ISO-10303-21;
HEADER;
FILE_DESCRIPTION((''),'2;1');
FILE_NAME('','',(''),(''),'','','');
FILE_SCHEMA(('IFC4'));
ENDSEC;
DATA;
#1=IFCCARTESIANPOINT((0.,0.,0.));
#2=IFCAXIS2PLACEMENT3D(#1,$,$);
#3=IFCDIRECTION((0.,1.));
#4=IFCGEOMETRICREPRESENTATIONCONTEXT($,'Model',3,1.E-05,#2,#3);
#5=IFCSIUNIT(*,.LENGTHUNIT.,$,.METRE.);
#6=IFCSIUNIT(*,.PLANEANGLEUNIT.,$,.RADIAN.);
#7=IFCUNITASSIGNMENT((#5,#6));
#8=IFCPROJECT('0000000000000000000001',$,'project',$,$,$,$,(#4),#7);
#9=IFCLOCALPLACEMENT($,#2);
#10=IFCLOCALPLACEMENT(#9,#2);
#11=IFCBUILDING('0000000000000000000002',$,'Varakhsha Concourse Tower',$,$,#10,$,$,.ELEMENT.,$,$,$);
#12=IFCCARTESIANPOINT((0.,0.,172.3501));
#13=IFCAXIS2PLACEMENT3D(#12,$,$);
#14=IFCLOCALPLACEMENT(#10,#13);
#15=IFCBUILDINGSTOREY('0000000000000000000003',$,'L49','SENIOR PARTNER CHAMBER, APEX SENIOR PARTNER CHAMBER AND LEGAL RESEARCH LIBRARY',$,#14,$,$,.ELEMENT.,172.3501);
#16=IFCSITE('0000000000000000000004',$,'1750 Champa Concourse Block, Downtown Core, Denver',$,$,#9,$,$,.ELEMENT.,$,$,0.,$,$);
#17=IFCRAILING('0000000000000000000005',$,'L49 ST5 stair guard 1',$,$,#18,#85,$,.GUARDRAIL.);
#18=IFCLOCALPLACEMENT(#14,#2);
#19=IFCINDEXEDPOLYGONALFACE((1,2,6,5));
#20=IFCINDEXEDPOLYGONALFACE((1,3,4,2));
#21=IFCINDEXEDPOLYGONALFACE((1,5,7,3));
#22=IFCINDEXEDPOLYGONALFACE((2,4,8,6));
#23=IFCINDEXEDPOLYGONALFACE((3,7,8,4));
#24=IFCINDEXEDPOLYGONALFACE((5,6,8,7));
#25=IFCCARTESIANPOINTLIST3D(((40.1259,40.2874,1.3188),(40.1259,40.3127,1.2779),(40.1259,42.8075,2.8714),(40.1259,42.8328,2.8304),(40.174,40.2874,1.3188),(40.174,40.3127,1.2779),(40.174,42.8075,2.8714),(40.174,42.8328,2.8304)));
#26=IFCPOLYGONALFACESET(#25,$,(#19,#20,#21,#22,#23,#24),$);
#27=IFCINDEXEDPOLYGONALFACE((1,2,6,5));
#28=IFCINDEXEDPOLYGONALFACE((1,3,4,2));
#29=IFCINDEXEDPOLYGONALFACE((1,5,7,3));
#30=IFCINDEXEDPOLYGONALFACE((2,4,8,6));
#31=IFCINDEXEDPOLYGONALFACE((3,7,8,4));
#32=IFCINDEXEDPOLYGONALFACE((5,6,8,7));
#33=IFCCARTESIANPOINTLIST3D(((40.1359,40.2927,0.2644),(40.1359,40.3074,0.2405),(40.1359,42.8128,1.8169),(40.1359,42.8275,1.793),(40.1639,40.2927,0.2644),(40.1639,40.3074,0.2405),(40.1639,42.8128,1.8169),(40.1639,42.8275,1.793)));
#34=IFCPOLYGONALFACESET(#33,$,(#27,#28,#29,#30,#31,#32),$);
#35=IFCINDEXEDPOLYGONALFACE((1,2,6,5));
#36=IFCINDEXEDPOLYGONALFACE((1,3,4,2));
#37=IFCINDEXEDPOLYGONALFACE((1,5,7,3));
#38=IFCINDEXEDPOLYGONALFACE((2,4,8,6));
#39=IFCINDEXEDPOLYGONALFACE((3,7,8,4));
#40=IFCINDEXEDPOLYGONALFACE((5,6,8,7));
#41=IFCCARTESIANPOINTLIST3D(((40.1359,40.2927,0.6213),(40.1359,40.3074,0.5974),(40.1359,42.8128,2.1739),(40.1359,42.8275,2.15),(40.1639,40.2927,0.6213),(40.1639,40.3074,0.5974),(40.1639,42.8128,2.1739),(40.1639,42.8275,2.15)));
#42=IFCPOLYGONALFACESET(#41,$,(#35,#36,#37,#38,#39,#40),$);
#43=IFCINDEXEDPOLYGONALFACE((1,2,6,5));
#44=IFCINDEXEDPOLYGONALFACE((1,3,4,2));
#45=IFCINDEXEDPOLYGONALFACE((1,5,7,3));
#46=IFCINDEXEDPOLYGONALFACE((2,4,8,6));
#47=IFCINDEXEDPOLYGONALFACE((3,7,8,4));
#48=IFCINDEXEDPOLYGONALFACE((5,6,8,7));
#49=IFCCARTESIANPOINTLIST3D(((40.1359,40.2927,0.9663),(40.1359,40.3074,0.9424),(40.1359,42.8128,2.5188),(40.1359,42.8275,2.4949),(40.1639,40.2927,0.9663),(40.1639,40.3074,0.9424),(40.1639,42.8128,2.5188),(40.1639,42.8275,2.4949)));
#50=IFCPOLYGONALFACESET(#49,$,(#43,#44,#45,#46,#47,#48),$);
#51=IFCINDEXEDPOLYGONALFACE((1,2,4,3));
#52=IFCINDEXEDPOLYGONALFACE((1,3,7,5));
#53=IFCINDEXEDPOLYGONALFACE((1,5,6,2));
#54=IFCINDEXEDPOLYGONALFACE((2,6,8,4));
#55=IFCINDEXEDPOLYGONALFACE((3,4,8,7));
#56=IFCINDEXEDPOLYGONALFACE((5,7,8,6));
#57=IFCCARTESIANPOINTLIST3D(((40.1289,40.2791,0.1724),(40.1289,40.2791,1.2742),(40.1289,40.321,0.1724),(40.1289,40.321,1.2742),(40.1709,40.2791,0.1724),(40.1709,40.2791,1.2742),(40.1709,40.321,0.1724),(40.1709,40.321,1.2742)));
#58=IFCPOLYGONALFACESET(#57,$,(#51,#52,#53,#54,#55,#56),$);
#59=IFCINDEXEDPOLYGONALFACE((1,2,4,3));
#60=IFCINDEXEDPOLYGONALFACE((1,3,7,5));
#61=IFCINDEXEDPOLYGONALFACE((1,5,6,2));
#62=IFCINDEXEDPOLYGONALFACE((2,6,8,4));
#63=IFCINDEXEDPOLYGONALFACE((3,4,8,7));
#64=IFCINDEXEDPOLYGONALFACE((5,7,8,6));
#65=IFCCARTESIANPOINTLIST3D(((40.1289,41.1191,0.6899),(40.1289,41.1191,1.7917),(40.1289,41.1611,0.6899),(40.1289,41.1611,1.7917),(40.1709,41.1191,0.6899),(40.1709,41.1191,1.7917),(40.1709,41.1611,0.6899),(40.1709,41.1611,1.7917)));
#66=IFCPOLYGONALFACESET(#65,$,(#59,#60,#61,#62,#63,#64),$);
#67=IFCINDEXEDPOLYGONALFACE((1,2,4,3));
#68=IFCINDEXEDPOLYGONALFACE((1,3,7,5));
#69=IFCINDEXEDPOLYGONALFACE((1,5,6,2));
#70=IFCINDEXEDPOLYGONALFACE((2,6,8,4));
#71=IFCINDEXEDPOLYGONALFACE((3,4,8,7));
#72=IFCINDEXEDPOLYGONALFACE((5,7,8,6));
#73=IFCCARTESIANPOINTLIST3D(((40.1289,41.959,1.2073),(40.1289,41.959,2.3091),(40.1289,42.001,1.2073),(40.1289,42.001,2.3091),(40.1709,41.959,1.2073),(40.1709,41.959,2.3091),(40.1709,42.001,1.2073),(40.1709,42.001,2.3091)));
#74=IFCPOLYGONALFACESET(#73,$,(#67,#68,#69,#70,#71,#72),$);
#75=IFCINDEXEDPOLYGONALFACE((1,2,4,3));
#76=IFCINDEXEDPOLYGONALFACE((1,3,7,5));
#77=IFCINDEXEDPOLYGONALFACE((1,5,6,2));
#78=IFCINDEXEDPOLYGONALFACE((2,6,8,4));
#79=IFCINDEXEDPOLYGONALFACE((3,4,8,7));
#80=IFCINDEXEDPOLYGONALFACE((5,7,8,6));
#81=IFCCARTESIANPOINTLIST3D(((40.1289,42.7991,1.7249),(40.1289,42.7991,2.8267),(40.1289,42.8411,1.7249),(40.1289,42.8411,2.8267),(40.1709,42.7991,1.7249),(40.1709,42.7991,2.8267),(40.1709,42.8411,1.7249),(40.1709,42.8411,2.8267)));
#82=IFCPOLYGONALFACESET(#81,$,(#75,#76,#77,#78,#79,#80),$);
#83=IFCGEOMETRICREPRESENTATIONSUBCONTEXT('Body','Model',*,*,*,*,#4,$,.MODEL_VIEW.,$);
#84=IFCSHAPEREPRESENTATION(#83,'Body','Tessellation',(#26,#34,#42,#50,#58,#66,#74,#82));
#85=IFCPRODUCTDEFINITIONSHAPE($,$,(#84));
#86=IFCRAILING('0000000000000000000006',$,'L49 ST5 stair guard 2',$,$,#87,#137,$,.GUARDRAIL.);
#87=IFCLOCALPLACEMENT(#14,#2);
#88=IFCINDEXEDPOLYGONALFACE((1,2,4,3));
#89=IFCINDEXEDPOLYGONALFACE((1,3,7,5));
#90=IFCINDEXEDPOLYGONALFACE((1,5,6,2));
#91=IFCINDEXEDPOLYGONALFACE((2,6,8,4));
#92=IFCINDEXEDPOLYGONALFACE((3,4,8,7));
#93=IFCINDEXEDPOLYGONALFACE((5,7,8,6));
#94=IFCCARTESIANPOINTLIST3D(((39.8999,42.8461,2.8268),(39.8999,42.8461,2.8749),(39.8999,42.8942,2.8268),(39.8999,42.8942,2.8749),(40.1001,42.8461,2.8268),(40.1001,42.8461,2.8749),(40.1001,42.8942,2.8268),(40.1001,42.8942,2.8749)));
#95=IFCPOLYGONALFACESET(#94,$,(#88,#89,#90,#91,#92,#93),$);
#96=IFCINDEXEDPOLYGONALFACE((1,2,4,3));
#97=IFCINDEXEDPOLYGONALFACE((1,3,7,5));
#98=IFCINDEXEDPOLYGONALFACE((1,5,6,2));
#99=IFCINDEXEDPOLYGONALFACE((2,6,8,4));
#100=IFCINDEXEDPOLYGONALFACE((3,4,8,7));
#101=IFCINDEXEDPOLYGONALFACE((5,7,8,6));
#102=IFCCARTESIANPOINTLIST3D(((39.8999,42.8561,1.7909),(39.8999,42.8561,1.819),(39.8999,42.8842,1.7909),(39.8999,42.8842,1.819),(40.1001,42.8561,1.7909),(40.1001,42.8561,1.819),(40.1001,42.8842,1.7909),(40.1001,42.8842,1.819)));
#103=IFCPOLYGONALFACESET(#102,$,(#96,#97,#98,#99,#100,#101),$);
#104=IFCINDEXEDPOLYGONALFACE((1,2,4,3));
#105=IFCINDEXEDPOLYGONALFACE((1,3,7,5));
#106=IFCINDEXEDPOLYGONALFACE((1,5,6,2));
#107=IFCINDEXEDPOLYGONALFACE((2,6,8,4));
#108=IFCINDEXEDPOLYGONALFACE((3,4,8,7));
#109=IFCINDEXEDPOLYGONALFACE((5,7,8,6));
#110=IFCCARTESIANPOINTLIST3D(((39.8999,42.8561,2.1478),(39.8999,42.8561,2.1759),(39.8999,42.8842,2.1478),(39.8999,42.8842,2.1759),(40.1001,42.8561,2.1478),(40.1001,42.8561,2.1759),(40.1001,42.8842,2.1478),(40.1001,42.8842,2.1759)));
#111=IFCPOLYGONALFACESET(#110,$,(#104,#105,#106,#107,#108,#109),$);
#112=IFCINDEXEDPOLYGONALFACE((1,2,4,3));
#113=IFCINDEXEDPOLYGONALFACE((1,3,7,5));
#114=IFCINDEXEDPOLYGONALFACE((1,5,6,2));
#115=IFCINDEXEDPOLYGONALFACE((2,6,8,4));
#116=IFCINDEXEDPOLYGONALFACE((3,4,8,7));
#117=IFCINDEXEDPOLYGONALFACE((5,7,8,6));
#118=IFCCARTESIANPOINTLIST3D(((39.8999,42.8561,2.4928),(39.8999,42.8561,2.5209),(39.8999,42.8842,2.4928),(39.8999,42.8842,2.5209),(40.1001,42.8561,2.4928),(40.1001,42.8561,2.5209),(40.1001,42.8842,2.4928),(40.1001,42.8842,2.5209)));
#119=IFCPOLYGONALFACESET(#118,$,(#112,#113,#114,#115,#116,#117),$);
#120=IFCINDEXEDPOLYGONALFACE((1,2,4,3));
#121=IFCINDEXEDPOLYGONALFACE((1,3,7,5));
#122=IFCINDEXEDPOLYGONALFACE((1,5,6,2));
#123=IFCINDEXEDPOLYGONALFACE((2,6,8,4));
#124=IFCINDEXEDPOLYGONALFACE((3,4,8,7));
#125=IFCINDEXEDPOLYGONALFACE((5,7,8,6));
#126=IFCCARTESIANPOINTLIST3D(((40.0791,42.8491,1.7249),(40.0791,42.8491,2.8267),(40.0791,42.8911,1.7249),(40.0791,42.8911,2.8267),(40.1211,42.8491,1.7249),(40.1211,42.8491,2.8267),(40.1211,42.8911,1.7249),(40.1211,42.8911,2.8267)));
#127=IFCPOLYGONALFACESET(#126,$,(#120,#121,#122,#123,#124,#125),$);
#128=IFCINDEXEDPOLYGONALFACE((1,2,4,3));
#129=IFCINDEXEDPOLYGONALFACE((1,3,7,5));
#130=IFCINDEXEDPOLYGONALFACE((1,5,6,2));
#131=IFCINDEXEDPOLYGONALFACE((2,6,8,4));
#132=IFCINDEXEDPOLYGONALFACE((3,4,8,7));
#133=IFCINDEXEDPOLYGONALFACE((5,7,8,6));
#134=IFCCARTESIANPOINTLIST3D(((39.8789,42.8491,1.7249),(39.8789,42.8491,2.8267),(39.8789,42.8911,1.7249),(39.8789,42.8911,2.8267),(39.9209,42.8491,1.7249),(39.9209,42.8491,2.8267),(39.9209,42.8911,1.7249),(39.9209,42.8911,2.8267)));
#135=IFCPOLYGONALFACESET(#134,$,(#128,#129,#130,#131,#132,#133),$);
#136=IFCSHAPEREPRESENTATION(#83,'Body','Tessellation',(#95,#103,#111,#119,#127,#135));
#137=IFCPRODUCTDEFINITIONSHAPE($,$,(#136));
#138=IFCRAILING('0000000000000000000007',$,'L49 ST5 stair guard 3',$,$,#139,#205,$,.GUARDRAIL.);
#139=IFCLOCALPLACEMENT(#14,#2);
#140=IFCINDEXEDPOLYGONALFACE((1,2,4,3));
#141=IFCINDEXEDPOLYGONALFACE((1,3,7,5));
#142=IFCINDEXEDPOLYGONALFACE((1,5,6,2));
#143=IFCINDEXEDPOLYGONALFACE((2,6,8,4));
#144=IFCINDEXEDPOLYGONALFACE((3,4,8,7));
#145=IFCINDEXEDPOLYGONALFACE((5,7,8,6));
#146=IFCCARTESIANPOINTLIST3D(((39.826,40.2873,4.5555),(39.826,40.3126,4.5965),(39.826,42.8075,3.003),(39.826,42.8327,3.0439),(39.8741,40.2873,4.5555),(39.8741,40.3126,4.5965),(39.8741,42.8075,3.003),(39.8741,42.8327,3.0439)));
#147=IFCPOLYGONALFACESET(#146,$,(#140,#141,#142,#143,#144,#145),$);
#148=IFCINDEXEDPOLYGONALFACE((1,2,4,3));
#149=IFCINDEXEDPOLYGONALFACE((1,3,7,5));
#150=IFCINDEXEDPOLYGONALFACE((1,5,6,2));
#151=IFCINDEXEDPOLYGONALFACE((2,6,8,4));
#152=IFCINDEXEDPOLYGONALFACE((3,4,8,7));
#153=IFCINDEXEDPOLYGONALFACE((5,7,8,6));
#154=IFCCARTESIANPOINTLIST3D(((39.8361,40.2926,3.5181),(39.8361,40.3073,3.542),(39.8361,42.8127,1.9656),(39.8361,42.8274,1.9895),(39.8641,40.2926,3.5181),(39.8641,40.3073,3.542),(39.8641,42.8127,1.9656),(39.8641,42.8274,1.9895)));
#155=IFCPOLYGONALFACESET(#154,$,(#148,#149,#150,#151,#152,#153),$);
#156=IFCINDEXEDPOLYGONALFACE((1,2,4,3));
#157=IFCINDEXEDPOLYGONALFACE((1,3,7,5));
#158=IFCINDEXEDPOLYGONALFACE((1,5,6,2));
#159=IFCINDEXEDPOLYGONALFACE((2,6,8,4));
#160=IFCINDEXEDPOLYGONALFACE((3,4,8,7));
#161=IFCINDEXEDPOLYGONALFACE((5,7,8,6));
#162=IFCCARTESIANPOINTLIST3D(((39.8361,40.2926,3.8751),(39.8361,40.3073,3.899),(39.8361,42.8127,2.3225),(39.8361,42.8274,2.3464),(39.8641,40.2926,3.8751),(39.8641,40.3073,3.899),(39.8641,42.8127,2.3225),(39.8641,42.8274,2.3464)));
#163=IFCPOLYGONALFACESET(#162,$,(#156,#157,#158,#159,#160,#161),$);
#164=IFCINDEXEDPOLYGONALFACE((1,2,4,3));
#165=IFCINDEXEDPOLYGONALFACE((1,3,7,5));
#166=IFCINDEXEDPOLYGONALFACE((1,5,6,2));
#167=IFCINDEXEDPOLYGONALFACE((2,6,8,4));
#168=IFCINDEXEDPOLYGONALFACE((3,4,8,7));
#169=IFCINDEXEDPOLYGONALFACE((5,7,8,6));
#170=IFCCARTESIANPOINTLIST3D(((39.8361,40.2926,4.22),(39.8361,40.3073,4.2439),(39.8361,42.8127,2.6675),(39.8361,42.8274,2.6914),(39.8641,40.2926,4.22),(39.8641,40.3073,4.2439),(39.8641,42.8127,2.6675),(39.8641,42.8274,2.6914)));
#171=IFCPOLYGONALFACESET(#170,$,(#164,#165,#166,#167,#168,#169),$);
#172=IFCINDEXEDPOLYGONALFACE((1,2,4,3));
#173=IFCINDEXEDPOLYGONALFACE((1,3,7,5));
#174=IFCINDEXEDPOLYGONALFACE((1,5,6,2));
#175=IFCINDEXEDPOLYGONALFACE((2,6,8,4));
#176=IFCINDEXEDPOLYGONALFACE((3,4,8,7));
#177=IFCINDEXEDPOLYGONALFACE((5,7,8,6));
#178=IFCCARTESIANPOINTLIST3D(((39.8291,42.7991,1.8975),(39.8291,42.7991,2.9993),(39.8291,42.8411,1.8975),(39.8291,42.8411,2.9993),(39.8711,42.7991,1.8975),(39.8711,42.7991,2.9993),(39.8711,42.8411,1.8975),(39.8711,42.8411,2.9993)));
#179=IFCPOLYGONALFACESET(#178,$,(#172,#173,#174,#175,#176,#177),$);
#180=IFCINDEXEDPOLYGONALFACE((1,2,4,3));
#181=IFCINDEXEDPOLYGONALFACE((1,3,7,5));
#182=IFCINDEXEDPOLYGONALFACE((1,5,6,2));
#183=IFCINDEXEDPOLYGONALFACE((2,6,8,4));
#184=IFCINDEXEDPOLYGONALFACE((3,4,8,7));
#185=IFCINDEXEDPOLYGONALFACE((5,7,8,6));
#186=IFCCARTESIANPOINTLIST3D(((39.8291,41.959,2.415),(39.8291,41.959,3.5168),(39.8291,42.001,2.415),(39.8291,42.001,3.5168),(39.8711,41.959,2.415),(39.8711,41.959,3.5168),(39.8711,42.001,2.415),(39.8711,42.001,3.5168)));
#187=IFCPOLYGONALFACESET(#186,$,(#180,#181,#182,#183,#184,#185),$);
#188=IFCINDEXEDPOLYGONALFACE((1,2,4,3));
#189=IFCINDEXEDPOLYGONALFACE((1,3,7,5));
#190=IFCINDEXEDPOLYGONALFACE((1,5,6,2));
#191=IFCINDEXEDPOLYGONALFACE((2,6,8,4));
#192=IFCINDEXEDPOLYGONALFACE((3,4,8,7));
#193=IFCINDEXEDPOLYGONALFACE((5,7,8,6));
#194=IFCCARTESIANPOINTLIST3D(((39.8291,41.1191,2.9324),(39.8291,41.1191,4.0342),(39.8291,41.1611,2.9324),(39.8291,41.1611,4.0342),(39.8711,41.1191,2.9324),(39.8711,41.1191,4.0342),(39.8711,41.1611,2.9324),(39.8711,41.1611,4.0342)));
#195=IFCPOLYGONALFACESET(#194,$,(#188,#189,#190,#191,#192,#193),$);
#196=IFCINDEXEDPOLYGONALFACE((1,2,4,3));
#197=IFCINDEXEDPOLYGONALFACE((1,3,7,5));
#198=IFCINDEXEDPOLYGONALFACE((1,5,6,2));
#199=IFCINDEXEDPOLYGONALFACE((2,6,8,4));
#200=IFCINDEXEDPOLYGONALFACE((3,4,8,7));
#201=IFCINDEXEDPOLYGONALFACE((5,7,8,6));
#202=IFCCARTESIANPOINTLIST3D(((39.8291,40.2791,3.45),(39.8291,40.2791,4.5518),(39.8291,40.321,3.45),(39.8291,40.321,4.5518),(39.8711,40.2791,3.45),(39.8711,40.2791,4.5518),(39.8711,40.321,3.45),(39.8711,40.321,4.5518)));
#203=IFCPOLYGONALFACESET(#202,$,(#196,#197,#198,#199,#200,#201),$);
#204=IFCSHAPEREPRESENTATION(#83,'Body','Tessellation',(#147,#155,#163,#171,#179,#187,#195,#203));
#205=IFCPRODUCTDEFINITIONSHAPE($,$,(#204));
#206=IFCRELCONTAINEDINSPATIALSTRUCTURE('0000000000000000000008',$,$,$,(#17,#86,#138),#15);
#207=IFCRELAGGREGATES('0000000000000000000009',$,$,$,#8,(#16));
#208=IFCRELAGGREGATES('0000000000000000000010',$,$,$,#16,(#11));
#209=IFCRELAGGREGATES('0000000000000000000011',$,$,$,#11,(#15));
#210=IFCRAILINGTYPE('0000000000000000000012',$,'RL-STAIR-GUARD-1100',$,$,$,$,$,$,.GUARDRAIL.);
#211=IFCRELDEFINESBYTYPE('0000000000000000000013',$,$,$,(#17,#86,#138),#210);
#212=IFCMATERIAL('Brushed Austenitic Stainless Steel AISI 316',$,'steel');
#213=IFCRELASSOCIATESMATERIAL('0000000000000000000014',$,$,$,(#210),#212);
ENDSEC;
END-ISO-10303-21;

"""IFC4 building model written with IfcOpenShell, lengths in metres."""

from ifc_helpers import new_model, si_unit, direction, frame, origin, origin_2d, place, context, subcontext, project, spatial, rectangle, extrude, material, type_object, element, save


model = new_model("IFC4")

# Units and contexts
model_context = context("Model", 3, precision=1e-05, world=origin(), true_north=direction((0.0, 1.0)))
body_context = subcontext(model_context, "Body", "Model", "MODEL_VIEW")
ifc_project = project(units=[si_unit("LENGTHUNIT", "METRE"), si_unit("PLANEANGLEUNIT", "RADIAN")], contexts=[model_context])

# Site, building, storey
site_placement = place(None, origin())
site = spatial("IfcSite", under=ifc_project, at=site_placement, Name="1750 Champa Concourse Block, Downtown Core, Denver", CompositionType="ELEMENT", RefElevation=0.0)
building_placement = place(site_placement, origin())
building = spatial("IfcBuilding", under=site, at=building_placement, Name="Varakhsha Concourse Tower", CompositionType="ELEMENT")
storey_placement = place(building_placement, frame((0.0, 0.0, 172.3501)))
storey = spatial("IfcBuildingStorey", under=building, at=storey_placement, Name="L49", Description="SENIOR PARTNER CHAMBER, APEX SENIOR PARTNER CHAMBER AND LEGAL RESEARCH LIBRARY", CompositionType="ELEMENT", Elevation=172.3501)

# Railings
ifc_material_1 = material(Name="Brushed Austenitic Stainless Steel AISI 316", Category="steel")
railing_type_1 = type_object("IfcRailingType", Name="RL-STAIR-GUARD-1100", PredefinedType="GUARDRAIL", material=ifc_material_1)
railing_1_placement = place(storey_placement, frame((40.1499, 40.3, 0.1724)))
element("IfcRailing", 1, at=railing_1_placement, inside=storey, type_object=railing_type_1, Name="L49 ST5 stair guard 1", PredefinedType="GUARDRAIL", context=body_context, shape_type="SweptSolid", body=[
    extrude(rectangle(XDim=0.0481, YDim=0.0481, at=origin_2d()), frame((0.0, 0.0, 1.126), z_axis=(0.0, 0.8514, 0.524516), x_axis=(-1.0, 0.0, 0.0)), (0.0, 0.0, 1.0), 2.96),
    extrude(rectangle(XDim=0.0281, YDim=0.0281, at=origin_2d()), frame((0.0, 0.0, 0.0801), z_axis=(0.0, 0.8514, 0.524516), x_axis=(-1.0, 0.0, 0.0)), (0.0, 0.0, 1.0), 2.96),
    extrude(rectangle(XDim=0.0281, YDim=0.0281, at=origin_2d()), frame((0.0, 0.0, 0.437), z_axis=(0.0, 0.8514, 0.524516), x_axis=(-1.0, 0.0, 0.0)), (0.0, 0.0, 1.0), 2.96),
    extrude(rectangle(XDim=0.0281, YDim=0.0281, at=origin_2d()), frame((0.0, 0.0, 0.782), z_axis=(0.0, 0.8514, 0.524516), x_axis=(-1.0, 0.0, 0.0)), (0.0, 0.0, 1.0), 2.96),
    extrude(rectangle(XDim=0.042, YDim=0.042, at=origin_2d()), origin(), (0.0, 0.0, 1.0), 1.1018),
    extrude(rectangle(XDim=0.042, YDim=0.042, at=origin_2d()), frame((0.0, 0.8401, 0.5176)), (0.0, 0.0, 1.0), 1.1018),
    extrude(rectangle(XDim=0.042, YDim=0.042, at=origin_2d()), frame((0.0, 1.6799, 1.0349)), (0.0, 0.0, 1.0), 1.1018),
    extrude(rectangle(XDim=0.042, YDim=0.042, at=origin_2d()), frame((0.0, 2.52, 1.5525)), (0.0, 0.0, 1.0), 1.1018),
])
railing_2_placement = place(storey_placement, frame((40.1001, 42.8701, 1.7249)))
element("IfcRailing", 2, at=railing_2_placement, inside=storey, type_object=railing_type_1, Name="L49 ST5 stair guard 2", PredefinedType="GUARDRAIL", context=body_context, shape_type="SweptSolid", body=[
    extrude(rectangle(XDim=0.0481, YDim=0.0481, at=origin_2d()), frame((0.0, 0.0, 1.126), z_axis=(-1.0, 0.0, 0.0), x_axis=(0.0, -1.0, 0.0)), (0.0, 0.0, 1.0), 0.2002),
    extrude(rectangle(XDim=0.0281, YDim=0.0281, at=origin_2d()), frame((0.0, 0.0, 0.0801), z_axis=(-1.0, 0.0, 0.0), x_axis=(0.0, -1.0, 0.0)), (0.0, 0.0, 1.0), 0.2002),
    extrude(rectangle(XDim=0.0281, YDim=0.0281, at=origin_2d()), frame((0.0, 0.0, 0.437), z_axis=(-1.0, 0.0, 0.0), x_axis=(0.0, -1.0, 0.0)), (0.0, 0.0, 1.0), 0.2002),
    extrude(rectangle(XDim=0.0281, YDim=0.0281, at=origin_2d()), frame((0.0, 0.0, 0.782), z_axis=(-1.0, 0.0, 0.0), x_axis=(0.0, -1.0, 0.0)), (0.0, 0.0, 1.0), 0.2002),
    extrude(rectangle(XDim=0.042, YDim=0.042, at=origin_2d()), origin(), (0.0, 0.0, 1.0), 1.1018),
    extrude(rectangle(XDim=0.042, YDim=0.042, at=origin_2d()), frame((-0.2002, 0.0, 0.0)), (0.0, 0.0, 1.0), 1.1018),
])
railing_3_placement = place(storey_placement, frame((39.8501, 42.8201, 1.8975)))
element("IfcRailing", 3, at=railing_3_placement, inside=storey, type_object=railing_type_1, Name="L49 ST5 stair guard 3", PredefinedType="GUARDRAIL", context=body_context, shape_type="SweptSolid", body=[
    extrude(rectangle(XDim=0.0481, YDim=0.0481, at=origin_2d()), frame((0.0, 0.0, 1.126), z_axis=(0.0, -0.8514, 0.524516), x_axis=(1.0, 0.0, 0.0)), (0.0, 0.0, 1.0), 2.96),
    extrude(rectangle(XDim=0.0281, YDim=0.0281, at=origin_2d()), frame((0.0, 0.0, 0.0801), z_axis=(0.0, -0.8514, 0.524516), x_axis=(1.0, 0.0, 0.0)), (0.0, 0.0, 1.0), 2.96),
    extrude(rectangle(XDim=0.0281, YDim=0.0281, at=origin_2d()), frame((0.0, 0.0, 0.437), z_axis=(0.0, -0.8514, 0.524516), x_axis=(1.0, 0.0, 0.0)), (0.0, 0.0, 1.0), 2.96),
    extrude(rectangle(XDim=0.0281, YDim=0.0281, at=origin_2d()), frame((0.0, 0.0, 0.782), z_axis=(0.0, -0.8514, 0.524516), x_axis=(1.0, 0.0, 0.0)), (0.0, 0.0, 1.0), 2.96),
    extrude(rectangle(XDim=0.042, YDim=0.042, at=origin_2d()), origin(), (0.0, 0.0, 1.0), 1.1018),
    extrude(rectangle(XDim=0.042, YDim=0.042, at=origin_2d()), frame((0.0, -0.8401, 0.5176)), (0.0, 0.0, 1.0), 1.1018),
    extrude(rectangle(XDim=0.042, YDim=0.042, at=origin_2d()), frame((0.0, -1.6799, 1.0349)), (0.0, 0.0, 1.0), 1.1018),
    extrude(rectangle(XDim=0.042, YDim=0.042, at=origin_2d()), frame((0.0, -2.52, 1.5525)), (0.0, 0.0, 1.0), 1.1018),
])

save(model, "model.ifc")
